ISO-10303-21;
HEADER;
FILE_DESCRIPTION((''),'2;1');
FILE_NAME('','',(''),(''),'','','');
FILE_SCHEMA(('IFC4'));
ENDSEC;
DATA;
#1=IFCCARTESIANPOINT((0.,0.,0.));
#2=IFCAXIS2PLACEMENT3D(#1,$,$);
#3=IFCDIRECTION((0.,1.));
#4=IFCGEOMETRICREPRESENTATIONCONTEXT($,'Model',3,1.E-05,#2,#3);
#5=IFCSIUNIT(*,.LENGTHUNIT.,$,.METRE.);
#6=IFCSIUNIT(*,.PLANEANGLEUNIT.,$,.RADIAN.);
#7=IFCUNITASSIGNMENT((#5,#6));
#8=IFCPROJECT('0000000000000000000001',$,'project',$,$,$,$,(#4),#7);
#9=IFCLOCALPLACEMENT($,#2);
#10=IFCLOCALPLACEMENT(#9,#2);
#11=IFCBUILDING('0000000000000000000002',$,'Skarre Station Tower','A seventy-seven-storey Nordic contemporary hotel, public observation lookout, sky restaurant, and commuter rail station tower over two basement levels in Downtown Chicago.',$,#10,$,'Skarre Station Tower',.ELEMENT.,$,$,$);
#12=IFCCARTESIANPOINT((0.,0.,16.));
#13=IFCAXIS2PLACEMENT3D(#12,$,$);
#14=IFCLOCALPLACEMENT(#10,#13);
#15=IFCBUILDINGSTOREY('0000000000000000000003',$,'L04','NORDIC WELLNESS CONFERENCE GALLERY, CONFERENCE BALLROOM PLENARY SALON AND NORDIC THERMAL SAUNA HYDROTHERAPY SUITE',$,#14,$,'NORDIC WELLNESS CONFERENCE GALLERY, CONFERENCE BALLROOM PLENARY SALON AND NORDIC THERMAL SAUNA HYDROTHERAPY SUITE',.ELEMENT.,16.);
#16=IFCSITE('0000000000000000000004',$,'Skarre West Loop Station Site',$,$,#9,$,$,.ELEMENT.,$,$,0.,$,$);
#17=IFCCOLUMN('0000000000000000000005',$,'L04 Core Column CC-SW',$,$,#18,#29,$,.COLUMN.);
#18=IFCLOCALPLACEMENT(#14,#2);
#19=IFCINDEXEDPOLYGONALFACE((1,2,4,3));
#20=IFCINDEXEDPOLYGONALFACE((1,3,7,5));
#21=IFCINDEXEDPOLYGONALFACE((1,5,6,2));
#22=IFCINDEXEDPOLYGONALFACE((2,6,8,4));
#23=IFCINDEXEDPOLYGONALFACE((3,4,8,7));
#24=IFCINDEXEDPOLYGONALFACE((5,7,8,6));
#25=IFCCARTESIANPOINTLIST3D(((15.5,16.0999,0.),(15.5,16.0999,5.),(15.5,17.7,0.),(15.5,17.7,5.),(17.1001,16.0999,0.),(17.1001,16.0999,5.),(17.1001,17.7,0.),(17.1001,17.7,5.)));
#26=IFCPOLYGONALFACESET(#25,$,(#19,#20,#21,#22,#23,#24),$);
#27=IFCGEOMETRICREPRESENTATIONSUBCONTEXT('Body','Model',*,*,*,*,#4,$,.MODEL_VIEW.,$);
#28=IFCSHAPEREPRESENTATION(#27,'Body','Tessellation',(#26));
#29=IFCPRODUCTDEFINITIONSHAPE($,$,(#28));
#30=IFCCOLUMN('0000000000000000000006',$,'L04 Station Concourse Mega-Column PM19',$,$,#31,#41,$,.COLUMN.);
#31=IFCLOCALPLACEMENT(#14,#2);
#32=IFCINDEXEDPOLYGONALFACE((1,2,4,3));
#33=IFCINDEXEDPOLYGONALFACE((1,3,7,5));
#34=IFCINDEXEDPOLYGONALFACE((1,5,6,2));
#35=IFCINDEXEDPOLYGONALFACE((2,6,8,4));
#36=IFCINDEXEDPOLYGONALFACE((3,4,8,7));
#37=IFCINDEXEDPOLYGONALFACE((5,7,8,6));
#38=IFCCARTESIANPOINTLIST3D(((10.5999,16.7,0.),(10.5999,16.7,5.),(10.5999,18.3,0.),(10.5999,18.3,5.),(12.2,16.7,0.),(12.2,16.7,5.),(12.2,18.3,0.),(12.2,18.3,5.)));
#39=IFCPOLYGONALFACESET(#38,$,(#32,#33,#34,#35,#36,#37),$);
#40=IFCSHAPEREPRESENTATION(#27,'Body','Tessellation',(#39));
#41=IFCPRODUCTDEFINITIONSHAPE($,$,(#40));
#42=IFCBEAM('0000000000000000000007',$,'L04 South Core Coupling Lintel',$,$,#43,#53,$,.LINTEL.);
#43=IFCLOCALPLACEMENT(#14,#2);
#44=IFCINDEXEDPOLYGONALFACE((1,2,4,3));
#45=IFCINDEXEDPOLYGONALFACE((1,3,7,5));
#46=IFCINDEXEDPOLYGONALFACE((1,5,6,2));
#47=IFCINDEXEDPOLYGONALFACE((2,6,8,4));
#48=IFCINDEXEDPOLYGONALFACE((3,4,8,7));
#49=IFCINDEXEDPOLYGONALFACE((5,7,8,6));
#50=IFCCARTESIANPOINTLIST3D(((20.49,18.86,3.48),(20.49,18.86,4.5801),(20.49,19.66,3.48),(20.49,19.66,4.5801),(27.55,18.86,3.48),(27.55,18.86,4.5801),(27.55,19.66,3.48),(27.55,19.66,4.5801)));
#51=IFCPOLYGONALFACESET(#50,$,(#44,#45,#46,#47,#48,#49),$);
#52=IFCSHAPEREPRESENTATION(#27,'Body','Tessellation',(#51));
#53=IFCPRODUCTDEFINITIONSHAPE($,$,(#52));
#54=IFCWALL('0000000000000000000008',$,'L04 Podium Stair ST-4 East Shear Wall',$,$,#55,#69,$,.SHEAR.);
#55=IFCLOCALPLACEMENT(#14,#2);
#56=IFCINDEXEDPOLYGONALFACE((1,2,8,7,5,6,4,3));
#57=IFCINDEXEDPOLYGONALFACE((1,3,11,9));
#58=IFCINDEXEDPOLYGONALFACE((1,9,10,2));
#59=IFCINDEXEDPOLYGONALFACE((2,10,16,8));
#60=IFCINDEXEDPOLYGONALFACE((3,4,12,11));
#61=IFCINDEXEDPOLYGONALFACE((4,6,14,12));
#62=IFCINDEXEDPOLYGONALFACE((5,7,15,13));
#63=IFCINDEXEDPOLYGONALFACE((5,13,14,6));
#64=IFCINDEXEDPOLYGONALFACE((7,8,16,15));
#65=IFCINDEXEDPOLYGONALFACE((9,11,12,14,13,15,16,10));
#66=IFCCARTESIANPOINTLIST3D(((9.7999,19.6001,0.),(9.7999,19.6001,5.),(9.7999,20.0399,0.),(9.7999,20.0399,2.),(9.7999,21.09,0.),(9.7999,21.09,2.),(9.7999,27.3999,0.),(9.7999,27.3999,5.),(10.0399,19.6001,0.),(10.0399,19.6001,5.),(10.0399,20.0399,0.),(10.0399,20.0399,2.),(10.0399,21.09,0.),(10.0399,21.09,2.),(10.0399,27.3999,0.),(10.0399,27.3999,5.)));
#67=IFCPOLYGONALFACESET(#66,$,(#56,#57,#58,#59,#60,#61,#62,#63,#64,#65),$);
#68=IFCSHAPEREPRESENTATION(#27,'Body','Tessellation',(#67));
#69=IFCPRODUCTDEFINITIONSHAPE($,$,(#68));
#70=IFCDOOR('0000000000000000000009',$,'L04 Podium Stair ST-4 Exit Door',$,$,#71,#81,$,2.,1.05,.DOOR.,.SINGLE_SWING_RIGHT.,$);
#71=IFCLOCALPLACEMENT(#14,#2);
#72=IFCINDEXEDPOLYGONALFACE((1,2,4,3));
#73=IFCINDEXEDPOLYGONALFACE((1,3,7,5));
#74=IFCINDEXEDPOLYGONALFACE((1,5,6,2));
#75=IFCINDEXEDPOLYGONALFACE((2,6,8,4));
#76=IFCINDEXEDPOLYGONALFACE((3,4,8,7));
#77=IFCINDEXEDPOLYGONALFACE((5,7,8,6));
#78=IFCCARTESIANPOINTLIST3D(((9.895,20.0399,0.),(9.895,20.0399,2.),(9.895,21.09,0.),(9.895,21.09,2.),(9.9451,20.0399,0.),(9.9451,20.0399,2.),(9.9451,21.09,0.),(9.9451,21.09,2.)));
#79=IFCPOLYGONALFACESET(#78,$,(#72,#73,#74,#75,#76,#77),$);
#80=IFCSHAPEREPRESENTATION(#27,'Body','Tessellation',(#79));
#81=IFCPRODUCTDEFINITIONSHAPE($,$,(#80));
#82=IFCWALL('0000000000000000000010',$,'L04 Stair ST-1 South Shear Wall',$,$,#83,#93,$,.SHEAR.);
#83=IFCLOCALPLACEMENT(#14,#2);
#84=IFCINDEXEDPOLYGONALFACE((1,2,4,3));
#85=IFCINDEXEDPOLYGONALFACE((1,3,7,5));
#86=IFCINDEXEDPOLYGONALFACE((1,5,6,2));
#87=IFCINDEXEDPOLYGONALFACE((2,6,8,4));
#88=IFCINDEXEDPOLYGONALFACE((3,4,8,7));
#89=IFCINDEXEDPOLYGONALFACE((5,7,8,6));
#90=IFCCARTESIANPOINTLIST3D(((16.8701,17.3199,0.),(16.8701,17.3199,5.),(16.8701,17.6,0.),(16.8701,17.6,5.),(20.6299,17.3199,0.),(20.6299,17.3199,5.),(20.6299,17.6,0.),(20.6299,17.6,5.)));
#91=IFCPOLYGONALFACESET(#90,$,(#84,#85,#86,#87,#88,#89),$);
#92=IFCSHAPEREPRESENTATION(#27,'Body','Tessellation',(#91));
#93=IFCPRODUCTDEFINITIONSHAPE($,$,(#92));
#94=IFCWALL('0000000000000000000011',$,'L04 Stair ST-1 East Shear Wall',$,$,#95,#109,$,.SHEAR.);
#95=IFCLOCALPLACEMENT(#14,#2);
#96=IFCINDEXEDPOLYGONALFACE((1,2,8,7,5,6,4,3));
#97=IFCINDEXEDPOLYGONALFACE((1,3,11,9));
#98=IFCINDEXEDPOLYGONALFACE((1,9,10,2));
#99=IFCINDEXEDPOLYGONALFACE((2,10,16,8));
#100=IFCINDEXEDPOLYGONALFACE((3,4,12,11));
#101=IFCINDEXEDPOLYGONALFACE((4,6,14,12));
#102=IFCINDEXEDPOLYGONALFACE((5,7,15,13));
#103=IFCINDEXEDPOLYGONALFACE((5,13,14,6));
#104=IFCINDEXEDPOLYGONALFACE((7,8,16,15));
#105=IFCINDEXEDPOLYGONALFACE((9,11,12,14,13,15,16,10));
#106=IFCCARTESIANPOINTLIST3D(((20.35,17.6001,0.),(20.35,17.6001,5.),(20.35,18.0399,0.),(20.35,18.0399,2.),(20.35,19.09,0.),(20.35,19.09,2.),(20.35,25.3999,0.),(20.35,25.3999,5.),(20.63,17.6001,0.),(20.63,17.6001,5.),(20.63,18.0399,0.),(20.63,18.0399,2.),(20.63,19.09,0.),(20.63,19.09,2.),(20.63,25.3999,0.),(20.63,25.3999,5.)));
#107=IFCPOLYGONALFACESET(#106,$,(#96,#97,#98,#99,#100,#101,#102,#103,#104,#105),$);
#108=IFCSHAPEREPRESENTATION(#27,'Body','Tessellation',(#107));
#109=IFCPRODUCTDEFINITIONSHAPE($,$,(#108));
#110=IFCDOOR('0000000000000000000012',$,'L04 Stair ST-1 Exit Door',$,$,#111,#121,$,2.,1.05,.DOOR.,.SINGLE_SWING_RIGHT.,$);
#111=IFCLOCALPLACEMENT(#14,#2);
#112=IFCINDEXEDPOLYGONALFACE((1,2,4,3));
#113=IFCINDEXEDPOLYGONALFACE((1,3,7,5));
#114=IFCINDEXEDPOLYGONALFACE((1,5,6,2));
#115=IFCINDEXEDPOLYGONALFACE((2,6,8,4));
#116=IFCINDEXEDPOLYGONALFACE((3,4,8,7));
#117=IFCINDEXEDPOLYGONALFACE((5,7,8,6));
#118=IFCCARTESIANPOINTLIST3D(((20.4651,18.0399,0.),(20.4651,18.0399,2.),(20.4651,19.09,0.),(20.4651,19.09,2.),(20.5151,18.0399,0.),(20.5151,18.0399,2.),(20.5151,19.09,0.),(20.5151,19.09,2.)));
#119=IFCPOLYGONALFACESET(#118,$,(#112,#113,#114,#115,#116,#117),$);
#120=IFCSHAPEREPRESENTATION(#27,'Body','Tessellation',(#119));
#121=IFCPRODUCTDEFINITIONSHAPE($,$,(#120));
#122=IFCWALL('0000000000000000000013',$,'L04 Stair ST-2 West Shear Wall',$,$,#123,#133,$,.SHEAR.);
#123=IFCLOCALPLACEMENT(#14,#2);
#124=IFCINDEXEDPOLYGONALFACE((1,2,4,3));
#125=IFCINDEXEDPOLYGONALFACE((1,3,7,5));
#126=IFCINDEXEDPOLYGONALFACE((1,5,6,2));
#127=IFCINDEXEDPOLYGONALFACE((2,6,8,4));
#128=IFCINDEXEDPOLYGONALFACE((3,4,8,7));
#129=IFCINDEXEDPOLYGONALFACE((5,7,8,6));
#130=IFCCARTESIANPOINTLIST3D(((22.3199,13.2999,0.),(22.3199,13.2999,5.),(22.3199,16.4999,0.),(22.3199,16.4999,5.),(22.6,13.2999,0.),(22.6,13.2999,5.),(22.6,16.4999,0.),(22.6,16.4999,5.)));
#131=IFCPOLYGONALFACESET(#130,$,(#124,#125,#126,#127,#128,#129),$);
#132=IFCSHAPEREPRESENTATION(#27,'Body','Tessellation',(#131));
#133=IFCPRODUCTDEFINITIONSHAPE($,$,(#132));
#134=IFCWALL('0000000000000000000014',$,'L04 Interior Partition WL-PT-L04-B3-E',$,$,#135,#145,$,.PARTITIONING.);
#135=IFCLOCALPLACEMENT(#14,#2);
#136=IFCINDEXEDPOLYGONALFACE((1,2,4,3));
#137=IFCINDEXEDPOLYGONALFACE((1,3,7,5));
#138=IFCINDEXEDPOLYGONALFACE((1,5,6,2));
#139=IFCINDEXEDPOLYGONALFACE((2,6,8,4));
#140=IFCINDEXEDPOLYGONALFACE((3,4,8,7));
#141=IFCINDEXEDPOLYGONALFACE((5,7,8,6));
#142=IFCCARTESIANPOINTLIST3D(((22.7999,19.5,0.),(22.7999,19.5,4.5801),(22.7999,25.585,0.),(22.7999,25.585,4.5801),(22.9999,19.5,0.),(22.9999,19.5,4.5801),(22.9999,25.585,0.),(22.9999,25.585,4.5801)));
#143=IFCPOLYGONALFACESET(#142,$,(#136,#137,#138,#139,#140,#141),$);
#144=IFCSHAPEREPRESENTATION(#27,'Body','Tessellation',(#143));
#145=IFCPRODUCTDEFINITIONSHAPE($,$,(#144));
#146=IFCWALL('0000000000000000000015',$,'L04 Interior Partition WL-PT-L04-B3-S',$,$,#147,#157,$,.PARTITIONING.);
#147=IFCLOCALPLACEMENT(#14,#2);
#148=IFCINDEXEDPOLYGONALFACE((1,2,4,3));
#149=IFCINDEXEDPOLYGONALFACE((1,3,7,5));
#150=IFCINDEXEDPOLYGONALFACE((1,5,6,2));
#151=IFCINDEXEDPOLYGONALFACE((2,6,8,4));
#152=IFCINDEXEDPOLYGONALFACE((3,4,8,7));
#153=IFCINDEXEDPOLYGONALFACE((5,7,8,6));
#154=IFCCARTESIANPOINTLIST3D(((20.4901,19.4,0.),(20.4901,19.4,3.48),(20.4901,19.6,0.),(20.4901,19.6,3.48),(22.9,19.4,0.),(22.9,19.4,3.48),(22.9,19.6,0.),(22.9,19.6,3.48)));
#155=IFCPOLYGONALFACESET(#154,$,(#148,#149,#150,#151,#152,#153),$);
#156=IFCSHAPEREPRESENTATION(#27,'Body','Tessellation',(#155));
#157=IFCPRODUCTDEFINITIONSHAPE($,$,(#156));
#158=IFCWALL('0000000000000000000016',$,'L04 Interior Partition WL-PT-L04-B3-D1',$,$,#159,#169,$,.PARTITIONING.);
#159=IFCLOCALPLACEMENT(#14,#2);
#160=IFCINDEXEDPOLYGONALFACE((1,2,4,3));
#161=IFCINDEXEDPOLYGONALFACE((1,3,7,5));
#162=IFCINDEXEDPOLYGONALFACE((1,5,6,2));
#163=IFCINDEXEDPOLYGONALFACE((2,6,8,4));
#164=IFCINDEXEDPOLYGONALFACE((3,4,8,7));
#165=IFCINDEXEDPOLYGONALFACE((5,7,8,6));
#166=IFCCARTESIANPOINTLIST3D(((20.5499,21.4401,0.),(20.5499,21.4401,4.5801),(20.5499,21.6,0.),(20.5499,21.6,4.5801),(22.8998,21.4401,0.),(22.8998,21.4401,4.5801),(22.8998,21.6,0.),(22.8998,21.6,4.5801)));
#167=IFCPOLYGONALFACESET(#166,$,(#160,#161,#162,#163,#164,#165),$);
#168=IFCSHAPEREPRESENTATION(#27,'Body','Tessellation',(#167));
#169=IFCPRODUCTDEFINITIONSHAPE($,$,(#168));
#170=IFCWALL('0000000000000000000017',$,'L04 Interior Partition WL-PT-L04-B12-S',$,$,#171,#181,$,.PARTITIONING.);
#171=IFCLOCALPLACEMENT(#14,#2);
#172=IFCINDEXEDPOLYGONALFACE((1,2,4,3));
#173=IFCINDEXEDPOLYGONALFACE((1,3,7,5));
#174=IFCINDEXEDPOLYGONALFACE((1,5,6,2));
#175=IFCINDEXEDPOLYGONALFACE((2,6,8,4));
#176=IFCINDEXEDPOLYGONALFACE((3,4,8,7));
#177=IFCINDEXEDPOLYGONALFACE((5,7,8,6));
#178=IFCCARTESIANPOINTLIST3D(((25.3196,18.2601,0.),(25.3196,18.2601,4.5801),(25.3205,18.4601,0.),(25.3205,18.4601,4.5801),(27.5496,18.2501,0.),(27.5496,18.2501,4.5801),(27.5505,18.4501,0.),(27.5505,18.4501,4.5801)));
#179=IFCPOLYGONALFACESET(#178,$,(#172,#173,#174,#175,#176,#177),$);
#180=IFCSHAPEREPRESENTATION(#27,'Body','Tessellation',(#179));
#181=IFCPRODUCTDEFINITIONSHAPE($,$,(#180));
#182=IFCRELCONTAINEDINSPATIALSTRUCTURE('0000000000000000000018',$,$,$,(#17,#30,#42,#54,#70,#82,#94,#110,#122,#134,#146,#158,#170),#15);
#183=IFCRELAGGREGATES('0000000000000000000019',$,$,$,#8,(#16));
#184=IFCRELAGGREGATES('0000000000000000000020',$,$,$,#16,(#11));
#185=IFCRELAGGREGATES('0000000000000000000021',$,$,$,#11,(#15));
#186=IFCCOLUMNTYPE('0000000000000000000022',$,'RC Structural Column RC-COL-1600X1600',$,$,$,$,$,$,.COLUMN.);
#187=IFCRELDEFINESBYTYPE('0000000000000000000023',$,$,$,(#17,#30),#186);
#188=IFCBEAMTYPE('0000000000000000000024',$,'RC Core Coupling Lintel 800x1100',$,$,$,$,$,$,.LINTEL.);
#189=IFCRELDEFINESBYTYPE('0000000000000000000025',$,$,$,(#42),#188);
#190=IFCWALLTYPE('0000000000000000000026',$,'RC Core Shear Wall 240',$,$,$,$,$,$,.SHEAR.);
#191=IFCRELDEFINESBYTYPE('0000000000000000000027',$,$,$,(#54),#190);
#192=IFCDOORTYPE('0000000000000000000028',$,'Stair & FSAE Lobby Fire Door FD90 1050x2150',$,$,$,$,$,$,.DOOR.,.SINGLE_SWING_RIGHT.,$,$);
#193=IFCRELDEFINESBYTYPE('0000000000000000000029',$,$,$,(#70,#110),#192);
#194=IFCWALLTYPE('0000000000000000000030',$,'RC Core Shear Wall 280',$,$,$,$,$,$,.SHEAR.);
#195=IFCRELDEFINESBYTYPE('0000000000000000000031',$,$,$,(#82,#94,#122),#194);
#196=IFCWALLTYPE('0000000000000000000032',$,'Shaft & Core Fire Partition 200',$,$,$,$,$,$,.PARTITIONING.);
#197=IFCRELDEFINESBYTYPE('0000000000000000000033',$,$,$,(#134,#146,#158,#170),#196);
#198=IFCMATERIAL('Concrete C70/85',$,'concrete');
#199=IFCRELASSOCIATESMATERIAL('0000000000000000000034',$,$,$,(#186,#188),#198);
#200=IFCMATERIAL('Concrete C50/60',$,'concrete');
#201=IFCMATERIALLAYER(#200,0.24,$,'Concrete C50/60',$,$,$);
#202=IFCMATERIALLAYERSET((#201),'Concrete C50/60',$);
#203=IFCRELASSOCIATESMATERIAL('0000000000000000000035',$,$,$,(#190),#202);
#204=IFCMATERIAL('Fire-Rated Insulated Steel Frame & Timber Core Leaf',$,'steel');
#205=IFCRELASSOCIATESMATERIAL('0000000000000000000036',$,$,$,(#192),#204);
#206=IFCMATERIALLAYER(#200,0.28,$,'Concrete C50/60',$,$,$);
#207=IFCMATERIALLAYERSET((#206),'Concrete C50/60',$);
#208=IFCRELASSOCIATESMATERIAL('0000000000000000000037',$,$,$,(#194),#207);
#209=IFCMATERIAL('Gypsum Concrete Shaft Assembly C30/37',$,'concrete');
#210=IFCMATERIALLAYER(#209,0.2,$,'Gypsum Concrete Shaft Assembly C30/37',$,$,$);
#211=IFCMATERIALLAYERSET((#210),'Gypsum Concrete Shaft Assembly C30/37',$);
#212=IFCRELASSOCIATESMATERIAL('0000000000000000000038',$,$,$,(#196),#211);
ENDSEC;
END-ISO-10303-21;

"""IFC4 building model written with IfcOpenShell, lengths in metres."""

from ifc_helpers import new_model, si_unit, direction, frame, frame_2d, origin, origin_2d, place, context, subcontext, project, spatial, rectangle, extrude, material, layer, layer_set, material_profile, profile_set, type_object, element, fill, save


model = new_model("IFC4")

# Units and contexts
model_context = context("Model", 3, precision=1e-05, world=origin(), true_north=direction((0.0, 1.0)))
body_context = subcontext(model_context, "Body", "Model", "MODEL_VIEW")
ifc_project = project(units=[si_unit("LENGTHUNIT", "METRE"), si_unit("PLANEANGLEUNIT", "RADIAN")], contexts=[model_context])

# Site, building, storey
site_placement = place(None, origin())
site = spatial("IfcSite", under=ifc_project, at=site_placement, Name="Skarre West Loop Station Site", CompositionType="ELEMENT", RefElevation=0.0)
building_placement = place(site_placement, origin())
building = spatial("IfcBuilding", under=site, at=building_placement, Name="Skarre Station Tower", Description="A seventy-seven-storey Nordic contemporary hotel, public observation lookout, sky restaurant, and commuter rail station tower over two basement levels in Downtown Chicago.", LongName="Skarre Station Tower", CompositionType="ELEMENT")
storey_placement = place(building_placement, frame((0.0, 0.0, 16.0)))
storey = spatial("IfcBuildingStorey", under=building, at=storey_placement, Name="L04", Description="NORDIC WELLNESS CONFERENCE GALLERY, CONFERENCE BALLROOM PLENARY SALON AND NORDIC THERMAL SAUNA HYDROTHERAPY SUITE", LongName="NORDIC WELLNESS CONFERENCE GALLERY, CONFERENCE BALLROOM PLENARY SALON AND NORDIC THERMAL SAUNA HYDROTHERAPY SUITE", CompositionType="ELEMENT", Elevation=16.0)

# Columns
ifc_material_1 = material(Name="Concrete C70/85", Category="concrete")
ifc_material_profile_1 = material_profile(ifc_material_1, rectangle(XDim=1.6001, YDim=1.6001, at=origin_2d()), Name="Concrete C70/85")
ifc_profile_set_1 = profile_set([ifc_material_profile_1], Name="Concrete C70/85")
column_type = type_object("IfcColumnType", Name="RC Structural Column RC-COL-1600X1600", PredefinedType="COLUMN", material=ifc_profile_set_1)
for number, where, z_axis, x_axis, name in (
    (1, (16.3, 16.8999, 0.0), (0.0, 0.0, 1.0), (1.0, 0.0, 0.0), "L04 Core Column CC-SW"),
    (2, (11.3999, 17.5, 0.0), (0.0, 0.0, 1.0), (1.0, 0.0, 0.0), "L04 Station Concourse Mega-Column PM19"),
):
    element("IfcColumn", number, at=place(storey_placement, frame(where, z_axis=z_axis, x_axis=x_axis)), inside=storey, type_object=column_type, Name=name, PredefinedType="COLUMN", context=body_context, shape_type="SweptSolid", body=[
        extrude(rectangle(XDim=1.6001, YDim=1.6001, at=origin_2d()), origin(), (0.0, 0.0, 1.0), 5.0),
    ])

# Beam
ifc_material_profile_2 = material_profile(ifc_material_1, rectangle(XDim=0.8, YDim=1.1001, at=origin_2d()), Name="Concrete C70/85")
ifc_profile_set_2 = profile_set([ifc_material_profile_2], Name="Concrete C70/85")
beam_type = type_object("IfcBeamType", Name="RC Core Coupling Lintel 800x1100", PredefinedType="LINTEL", material=ifc_profile_set_2)
beam_placement = place(storey_placement, frame((20.49, 19.26, 4.03), z_axis=(1.0, 0.0, 0.0), x_axis=(0.0, 1.0, 0.0)))
element("IfcBeam", 3, at=beam_placement, inside=storey, type_object=beam_type, Name="L04 South Core Coupling Lintel", PredefinedType="LINTEL", context=body_context, shape_type="SweptSolid", body=[
    extrude(rectangle(XDim=0.8, YDim=1.1001, at=origin_2d()), origin(), (0.0, 0.0, 1.0), 7.0601),
])

# Wall, opening, door
ifc_material_2 = material(Name="Concrete C50/60", Category="concrete")
ifc_layer_1 = layer(ifc_material_2, 0.24, Name="Concrete C50/60")
ifc_layer_set_1 = layer_set([ifc_layer_1], Name="Concrete C50/60")
wall_type_1 = type_object("IfcWallType", Name="RC Core Shear Wall 240", PredefinedType="SHEAR", material=ifc_layer_set_1)
wall_1_placement = place(storey_placement, frame((9.9199, 19.6001, 0.0), z_axis=(0.0, 0.0, 1.0), x_axis=(0.0, 1.0, 0.0)))
wall_1 = element("IfcWall", 4, at=wall_1_placement, inside=storey, type_object=wall_type_1, Name="L04 Podium Stair ST-4 East Shear Wall", PredefinedType="SHEAR", context=body_context, shape_type="SweptSolid", body=[
    extrude(rectangle(XDim=7.7998, YDim=0.24, at=frame_2d((3.8999, 0.0))), origin(), (0.0, 0.0, 1.0), 5.0),
])
opening_1_placement = place(wall_1_placement, frame((0.4399, 0.0, 0.0)))
opening_1 = element("IfcOpeningElement", 5, at=opening_1_placement, cuts=wall_1, PredefinedType="OPENING", context=body_context, shape_type="SweptSolid", body=[
    extrude(rectangle(XDim=1.05, YDim=2.0, at=frame_2d((0.5249, 1.0))), frame((0.0, 0.1299, 0.0), z_axis=(0.0, -1.0, 0.0), x_axis=(1.0, 0.0, 0.0)), (0.0, 0.0, 1.0), 0.26),
])
ifc_material_3 = material(Name="Fire-Rated Insulated Steel Frame & Timber Core Leaf", Category="steel")
door_type = type_object("IfcDoorType", Name="Stair & FSAE Lobby Fire Door FD90 1050x2150", OperationType="SINGLE_SWING_RIGHT", PredefinedType="DOOR", material=ifc_material_3)
door_1_placement = place(opening_1_placement, origin())
door_1 = element("IfcDoor", 6, at=door_1_placement, inside=storey, type_object=door_type, Name="L04 Podium Stair ST-4 Exit Door", OperationType="SINGLE_SWING_RIGHT", OverallHeight=2.0, OverallWidth=1.05, PredefinedType="DOOR", context=body_context, shape_type="SweptSolid", body=[
    extrude(rectangle(XDim=1.05, YDim=2.0, at=frame_2d((0.5249, 1.0))), frame((0.0, 0.0249, 0.0), z_axis=(0.0, -1.0, 0.0), x_axis=(1.0, 0.0, 0.0)), (0.0, 0.0, 1.0), 0.05),
])
fill(opening_1, door_1)

# Wall
ifc_layer_2 = layer(ifc_material_2, 0.28, Name="Concrete C50/60")
ifc_layer_set_2 = layer_set([ifc_layer_2], Name="Concrete C50/60")
wall_type_2 = type_object("IfcWallType", Name="RC Core Shear Wall 280", PredefinedType="SHEAR", material=ifc_layer_set_2)
wall_2_placement = place(storey_placement, frame((16.8701, 17.46, 0.0), z_axis=(0.0, 0.0, 1.0), x_axis=(1.0, 0.0, 0.0)))
element("IfcWall", 7, at=wall_2_placement, inside=storey, type_object=wall_type_2, Name="L04 Stair ST-1 South Shear Wall", PredefinedType="SHEAR", context=body_context, shape_type="SweptSolid", body=[
    extrude(rectangle(XDim=3.7598, YDim=0.28, at=frame_2d((1.8799, 0.0))), origin(), (0.0, 0.0, 1.0), 5.0),
])

# Wall, opening, door
wall_3_placement = place(storey_placement, frame((20.49, 17.6001, 0.0), z_axis=(0.0, 0.0, 1.0), x_axis=(0.0, 1.0, 0.0)))
wall_3 = element("IfcWall", 8, at=wall_3_placement, inside=storey, type_object=wall_type_2, Name="L04 Stair ST-1 East Shear Wall", PredefinedType="SHEAR", context=body_context, shape_type="SweptSolid", body=[
    extrude(rectangle(XDim=7.7998, YDim=0.28, at=frame_2d((3.8999, 0.0))), origin(), (0.0, 0.0, 1.0), 5.0),
])
opening_2_placement = place(wall_3_placement, frame((0.4399, 0.0, 0.0)))
opening_2 = element("IfcOpeningElement", 9, at=opening_2_placement, cuts=wall_3, PredefinedType="OPENING", context=body_context, shape_type="SweptSolid", body=[
    extrude(rectangle(XDim=1.05, YDim=2.0, at=frame_2d((0.5249, 1.0))), frame((0.0, 0.1499, 0.0), z_axis=(0.0, -1.0, 0.0), x_axis=(1.0, 0.0, 0.0)), (0.0, 0.0, 1.0), 0.3),
])
door_2_placement = place(opening_2_placement, origin())
door_2 = element("IfcDoor", 10, at=door_2_placement, inside=storey, type_object=door_type, Name="L04 Stair ST-1 Exit Door", OperationType="SINGLE_SWING_RIGHT", OverallHeight=2.0, OverallWidth=1.05, PredefinedType="DOOR", context=body_context, shape_type="SweptSolid", body=[
    extrude(rectangle(XDim=1.05, YDim=2.0, at=frame_2d((0.5249, 1.0))), frame((0.0, 0.0249, 0.0), z_axis=(0.0, -1.0, 0.0), x_axis=(1.0, 0.0, 0.0)), (0.0, 0.0, 1.0), 0.05),
])
fill(opening_2, door_2)

# Walls
wall_4_placement = place(storey_placement, frame((22.46, 16.5, 0.0), z_axis=(0.0, 0.0, 1.0), x_axis=(0.0, -1.0, 0.0)))
element("IfcWall", 11, at=wall_4_placement, inside=storey, type_object=wall_type_2, Name="L04 Stair ST-2 West Shear Wall", PredefinedType="SHEAR", context=body_context, shape_type="SweptSolid", body=[
    extrude(rectangle(XDim=3.2, YDim=0.28, at=frame_2d((1.6001, 0.0))), origin(), (0.0, 0.0, 1.0), 5.0),
])
ifc_material_4 = material(Name="Gypsum Concrete Shaft Assembly C30/37", Category="concrete")
ifc_layer_3 = layer(ifc_material_4, 0.2, Name="Gypsum Concrete Shaft Assembly C30/37")
ifc_layer_set_3 = layer_set([ifc_layer_3], Name="Gypsum Concrete Shaft Assembly C30/37")
wall_type_3 = type_object("IfcWallType", Name="Shaft & Core Fire Partition 200", PredefinedType="PARTITIONING", material=ifc_layer_set_3)
wall_5_placement = place(storey_placement, frame((22.8999, 19.5, 0.0), z_axis=(0.0, 0.0, 1.0), x_axis=(0.0, 1.0, 0.0)))
element("IfcWall", 12, at=wall_5_placement, inside=storey, type_object=wall_type_3, Name="L04 Interior Partition WL-PT-L04-B3-E", PredefinedType="PARTITIONING", context=body_context, shape_type="SweptSolid", body=[
    extrude(rectangle(XDim=6.085, YDim=0.2, at=frame_2d((3.0425, 0.0))), origin(), (0.0, 0.0, 1.0), 4.5801),
])
wall_6_placement = place(storey_placement, frame((20.49, 19.5, 0.0), z_axis=(0.0, 0.0, 1.0), x_axis=(1.0, 0.0, 0.0)))
element("IfcWall", 13, at=wall_6_placement, inside=storey, type_object=wall_type_3, Name="L04 Interior Partition WL-PT-L04-B3-S", PredefinedType="PARTITIONING", context=body_context, shape_type="SweptSolid", body=[
    extrude(rectangle(XDim=2.4099, YDim=0.2, at=frame_2d((1.2051, 0.0))), origin(), (0.0, 0.0, 1.0), 3.48),
])
wall_7_placement = place(storey_placement, frame((20.55, 21.52, 0.0), z_axis=(0.0, 0.0, 1.0), x_axis=(1.0, 0.0, 0.0)))
element("IfcWall", 14, at=wall_7_placement, inside=storey, type_object=wall_type_3, Name="L04 Interior Partition WL-PT-L04-B3-D1", PredefinedType="PARTITIONING", context=body_context, shape_type="SweptSolid", body=[
    extrude(rectangle(XDim=2.3499, YDim=0.1599, at=frame_2d((1.1748, 0.0))), origin(), (0.0, 0.0, 1.0), 4.5801),
])
wall_8_placement = place(storey_placement, frame((25.3201, 18.3601, 0.0), z_axis=(0.0, 0.0, 1.0), x_axis=(0.99999, -0.004489, 0.0)))
element("IfcWall", 15, at=wall_8_placement, inside=storey, type_object=wall_type_3, Name="L04 Interior Partition WL-PT-L04-B12-S", PredefinedType="PARTITIONING", context=body_context, shape_type="SweptSolid", body=[
    extrude(rectangle(XDim=2.23, YDim=0.2, at=frame_2d((1.115, 0.0))), origin(), (0.0, 0.0, 1.0), 4.5801),
])

save(model, "model.ifc")
